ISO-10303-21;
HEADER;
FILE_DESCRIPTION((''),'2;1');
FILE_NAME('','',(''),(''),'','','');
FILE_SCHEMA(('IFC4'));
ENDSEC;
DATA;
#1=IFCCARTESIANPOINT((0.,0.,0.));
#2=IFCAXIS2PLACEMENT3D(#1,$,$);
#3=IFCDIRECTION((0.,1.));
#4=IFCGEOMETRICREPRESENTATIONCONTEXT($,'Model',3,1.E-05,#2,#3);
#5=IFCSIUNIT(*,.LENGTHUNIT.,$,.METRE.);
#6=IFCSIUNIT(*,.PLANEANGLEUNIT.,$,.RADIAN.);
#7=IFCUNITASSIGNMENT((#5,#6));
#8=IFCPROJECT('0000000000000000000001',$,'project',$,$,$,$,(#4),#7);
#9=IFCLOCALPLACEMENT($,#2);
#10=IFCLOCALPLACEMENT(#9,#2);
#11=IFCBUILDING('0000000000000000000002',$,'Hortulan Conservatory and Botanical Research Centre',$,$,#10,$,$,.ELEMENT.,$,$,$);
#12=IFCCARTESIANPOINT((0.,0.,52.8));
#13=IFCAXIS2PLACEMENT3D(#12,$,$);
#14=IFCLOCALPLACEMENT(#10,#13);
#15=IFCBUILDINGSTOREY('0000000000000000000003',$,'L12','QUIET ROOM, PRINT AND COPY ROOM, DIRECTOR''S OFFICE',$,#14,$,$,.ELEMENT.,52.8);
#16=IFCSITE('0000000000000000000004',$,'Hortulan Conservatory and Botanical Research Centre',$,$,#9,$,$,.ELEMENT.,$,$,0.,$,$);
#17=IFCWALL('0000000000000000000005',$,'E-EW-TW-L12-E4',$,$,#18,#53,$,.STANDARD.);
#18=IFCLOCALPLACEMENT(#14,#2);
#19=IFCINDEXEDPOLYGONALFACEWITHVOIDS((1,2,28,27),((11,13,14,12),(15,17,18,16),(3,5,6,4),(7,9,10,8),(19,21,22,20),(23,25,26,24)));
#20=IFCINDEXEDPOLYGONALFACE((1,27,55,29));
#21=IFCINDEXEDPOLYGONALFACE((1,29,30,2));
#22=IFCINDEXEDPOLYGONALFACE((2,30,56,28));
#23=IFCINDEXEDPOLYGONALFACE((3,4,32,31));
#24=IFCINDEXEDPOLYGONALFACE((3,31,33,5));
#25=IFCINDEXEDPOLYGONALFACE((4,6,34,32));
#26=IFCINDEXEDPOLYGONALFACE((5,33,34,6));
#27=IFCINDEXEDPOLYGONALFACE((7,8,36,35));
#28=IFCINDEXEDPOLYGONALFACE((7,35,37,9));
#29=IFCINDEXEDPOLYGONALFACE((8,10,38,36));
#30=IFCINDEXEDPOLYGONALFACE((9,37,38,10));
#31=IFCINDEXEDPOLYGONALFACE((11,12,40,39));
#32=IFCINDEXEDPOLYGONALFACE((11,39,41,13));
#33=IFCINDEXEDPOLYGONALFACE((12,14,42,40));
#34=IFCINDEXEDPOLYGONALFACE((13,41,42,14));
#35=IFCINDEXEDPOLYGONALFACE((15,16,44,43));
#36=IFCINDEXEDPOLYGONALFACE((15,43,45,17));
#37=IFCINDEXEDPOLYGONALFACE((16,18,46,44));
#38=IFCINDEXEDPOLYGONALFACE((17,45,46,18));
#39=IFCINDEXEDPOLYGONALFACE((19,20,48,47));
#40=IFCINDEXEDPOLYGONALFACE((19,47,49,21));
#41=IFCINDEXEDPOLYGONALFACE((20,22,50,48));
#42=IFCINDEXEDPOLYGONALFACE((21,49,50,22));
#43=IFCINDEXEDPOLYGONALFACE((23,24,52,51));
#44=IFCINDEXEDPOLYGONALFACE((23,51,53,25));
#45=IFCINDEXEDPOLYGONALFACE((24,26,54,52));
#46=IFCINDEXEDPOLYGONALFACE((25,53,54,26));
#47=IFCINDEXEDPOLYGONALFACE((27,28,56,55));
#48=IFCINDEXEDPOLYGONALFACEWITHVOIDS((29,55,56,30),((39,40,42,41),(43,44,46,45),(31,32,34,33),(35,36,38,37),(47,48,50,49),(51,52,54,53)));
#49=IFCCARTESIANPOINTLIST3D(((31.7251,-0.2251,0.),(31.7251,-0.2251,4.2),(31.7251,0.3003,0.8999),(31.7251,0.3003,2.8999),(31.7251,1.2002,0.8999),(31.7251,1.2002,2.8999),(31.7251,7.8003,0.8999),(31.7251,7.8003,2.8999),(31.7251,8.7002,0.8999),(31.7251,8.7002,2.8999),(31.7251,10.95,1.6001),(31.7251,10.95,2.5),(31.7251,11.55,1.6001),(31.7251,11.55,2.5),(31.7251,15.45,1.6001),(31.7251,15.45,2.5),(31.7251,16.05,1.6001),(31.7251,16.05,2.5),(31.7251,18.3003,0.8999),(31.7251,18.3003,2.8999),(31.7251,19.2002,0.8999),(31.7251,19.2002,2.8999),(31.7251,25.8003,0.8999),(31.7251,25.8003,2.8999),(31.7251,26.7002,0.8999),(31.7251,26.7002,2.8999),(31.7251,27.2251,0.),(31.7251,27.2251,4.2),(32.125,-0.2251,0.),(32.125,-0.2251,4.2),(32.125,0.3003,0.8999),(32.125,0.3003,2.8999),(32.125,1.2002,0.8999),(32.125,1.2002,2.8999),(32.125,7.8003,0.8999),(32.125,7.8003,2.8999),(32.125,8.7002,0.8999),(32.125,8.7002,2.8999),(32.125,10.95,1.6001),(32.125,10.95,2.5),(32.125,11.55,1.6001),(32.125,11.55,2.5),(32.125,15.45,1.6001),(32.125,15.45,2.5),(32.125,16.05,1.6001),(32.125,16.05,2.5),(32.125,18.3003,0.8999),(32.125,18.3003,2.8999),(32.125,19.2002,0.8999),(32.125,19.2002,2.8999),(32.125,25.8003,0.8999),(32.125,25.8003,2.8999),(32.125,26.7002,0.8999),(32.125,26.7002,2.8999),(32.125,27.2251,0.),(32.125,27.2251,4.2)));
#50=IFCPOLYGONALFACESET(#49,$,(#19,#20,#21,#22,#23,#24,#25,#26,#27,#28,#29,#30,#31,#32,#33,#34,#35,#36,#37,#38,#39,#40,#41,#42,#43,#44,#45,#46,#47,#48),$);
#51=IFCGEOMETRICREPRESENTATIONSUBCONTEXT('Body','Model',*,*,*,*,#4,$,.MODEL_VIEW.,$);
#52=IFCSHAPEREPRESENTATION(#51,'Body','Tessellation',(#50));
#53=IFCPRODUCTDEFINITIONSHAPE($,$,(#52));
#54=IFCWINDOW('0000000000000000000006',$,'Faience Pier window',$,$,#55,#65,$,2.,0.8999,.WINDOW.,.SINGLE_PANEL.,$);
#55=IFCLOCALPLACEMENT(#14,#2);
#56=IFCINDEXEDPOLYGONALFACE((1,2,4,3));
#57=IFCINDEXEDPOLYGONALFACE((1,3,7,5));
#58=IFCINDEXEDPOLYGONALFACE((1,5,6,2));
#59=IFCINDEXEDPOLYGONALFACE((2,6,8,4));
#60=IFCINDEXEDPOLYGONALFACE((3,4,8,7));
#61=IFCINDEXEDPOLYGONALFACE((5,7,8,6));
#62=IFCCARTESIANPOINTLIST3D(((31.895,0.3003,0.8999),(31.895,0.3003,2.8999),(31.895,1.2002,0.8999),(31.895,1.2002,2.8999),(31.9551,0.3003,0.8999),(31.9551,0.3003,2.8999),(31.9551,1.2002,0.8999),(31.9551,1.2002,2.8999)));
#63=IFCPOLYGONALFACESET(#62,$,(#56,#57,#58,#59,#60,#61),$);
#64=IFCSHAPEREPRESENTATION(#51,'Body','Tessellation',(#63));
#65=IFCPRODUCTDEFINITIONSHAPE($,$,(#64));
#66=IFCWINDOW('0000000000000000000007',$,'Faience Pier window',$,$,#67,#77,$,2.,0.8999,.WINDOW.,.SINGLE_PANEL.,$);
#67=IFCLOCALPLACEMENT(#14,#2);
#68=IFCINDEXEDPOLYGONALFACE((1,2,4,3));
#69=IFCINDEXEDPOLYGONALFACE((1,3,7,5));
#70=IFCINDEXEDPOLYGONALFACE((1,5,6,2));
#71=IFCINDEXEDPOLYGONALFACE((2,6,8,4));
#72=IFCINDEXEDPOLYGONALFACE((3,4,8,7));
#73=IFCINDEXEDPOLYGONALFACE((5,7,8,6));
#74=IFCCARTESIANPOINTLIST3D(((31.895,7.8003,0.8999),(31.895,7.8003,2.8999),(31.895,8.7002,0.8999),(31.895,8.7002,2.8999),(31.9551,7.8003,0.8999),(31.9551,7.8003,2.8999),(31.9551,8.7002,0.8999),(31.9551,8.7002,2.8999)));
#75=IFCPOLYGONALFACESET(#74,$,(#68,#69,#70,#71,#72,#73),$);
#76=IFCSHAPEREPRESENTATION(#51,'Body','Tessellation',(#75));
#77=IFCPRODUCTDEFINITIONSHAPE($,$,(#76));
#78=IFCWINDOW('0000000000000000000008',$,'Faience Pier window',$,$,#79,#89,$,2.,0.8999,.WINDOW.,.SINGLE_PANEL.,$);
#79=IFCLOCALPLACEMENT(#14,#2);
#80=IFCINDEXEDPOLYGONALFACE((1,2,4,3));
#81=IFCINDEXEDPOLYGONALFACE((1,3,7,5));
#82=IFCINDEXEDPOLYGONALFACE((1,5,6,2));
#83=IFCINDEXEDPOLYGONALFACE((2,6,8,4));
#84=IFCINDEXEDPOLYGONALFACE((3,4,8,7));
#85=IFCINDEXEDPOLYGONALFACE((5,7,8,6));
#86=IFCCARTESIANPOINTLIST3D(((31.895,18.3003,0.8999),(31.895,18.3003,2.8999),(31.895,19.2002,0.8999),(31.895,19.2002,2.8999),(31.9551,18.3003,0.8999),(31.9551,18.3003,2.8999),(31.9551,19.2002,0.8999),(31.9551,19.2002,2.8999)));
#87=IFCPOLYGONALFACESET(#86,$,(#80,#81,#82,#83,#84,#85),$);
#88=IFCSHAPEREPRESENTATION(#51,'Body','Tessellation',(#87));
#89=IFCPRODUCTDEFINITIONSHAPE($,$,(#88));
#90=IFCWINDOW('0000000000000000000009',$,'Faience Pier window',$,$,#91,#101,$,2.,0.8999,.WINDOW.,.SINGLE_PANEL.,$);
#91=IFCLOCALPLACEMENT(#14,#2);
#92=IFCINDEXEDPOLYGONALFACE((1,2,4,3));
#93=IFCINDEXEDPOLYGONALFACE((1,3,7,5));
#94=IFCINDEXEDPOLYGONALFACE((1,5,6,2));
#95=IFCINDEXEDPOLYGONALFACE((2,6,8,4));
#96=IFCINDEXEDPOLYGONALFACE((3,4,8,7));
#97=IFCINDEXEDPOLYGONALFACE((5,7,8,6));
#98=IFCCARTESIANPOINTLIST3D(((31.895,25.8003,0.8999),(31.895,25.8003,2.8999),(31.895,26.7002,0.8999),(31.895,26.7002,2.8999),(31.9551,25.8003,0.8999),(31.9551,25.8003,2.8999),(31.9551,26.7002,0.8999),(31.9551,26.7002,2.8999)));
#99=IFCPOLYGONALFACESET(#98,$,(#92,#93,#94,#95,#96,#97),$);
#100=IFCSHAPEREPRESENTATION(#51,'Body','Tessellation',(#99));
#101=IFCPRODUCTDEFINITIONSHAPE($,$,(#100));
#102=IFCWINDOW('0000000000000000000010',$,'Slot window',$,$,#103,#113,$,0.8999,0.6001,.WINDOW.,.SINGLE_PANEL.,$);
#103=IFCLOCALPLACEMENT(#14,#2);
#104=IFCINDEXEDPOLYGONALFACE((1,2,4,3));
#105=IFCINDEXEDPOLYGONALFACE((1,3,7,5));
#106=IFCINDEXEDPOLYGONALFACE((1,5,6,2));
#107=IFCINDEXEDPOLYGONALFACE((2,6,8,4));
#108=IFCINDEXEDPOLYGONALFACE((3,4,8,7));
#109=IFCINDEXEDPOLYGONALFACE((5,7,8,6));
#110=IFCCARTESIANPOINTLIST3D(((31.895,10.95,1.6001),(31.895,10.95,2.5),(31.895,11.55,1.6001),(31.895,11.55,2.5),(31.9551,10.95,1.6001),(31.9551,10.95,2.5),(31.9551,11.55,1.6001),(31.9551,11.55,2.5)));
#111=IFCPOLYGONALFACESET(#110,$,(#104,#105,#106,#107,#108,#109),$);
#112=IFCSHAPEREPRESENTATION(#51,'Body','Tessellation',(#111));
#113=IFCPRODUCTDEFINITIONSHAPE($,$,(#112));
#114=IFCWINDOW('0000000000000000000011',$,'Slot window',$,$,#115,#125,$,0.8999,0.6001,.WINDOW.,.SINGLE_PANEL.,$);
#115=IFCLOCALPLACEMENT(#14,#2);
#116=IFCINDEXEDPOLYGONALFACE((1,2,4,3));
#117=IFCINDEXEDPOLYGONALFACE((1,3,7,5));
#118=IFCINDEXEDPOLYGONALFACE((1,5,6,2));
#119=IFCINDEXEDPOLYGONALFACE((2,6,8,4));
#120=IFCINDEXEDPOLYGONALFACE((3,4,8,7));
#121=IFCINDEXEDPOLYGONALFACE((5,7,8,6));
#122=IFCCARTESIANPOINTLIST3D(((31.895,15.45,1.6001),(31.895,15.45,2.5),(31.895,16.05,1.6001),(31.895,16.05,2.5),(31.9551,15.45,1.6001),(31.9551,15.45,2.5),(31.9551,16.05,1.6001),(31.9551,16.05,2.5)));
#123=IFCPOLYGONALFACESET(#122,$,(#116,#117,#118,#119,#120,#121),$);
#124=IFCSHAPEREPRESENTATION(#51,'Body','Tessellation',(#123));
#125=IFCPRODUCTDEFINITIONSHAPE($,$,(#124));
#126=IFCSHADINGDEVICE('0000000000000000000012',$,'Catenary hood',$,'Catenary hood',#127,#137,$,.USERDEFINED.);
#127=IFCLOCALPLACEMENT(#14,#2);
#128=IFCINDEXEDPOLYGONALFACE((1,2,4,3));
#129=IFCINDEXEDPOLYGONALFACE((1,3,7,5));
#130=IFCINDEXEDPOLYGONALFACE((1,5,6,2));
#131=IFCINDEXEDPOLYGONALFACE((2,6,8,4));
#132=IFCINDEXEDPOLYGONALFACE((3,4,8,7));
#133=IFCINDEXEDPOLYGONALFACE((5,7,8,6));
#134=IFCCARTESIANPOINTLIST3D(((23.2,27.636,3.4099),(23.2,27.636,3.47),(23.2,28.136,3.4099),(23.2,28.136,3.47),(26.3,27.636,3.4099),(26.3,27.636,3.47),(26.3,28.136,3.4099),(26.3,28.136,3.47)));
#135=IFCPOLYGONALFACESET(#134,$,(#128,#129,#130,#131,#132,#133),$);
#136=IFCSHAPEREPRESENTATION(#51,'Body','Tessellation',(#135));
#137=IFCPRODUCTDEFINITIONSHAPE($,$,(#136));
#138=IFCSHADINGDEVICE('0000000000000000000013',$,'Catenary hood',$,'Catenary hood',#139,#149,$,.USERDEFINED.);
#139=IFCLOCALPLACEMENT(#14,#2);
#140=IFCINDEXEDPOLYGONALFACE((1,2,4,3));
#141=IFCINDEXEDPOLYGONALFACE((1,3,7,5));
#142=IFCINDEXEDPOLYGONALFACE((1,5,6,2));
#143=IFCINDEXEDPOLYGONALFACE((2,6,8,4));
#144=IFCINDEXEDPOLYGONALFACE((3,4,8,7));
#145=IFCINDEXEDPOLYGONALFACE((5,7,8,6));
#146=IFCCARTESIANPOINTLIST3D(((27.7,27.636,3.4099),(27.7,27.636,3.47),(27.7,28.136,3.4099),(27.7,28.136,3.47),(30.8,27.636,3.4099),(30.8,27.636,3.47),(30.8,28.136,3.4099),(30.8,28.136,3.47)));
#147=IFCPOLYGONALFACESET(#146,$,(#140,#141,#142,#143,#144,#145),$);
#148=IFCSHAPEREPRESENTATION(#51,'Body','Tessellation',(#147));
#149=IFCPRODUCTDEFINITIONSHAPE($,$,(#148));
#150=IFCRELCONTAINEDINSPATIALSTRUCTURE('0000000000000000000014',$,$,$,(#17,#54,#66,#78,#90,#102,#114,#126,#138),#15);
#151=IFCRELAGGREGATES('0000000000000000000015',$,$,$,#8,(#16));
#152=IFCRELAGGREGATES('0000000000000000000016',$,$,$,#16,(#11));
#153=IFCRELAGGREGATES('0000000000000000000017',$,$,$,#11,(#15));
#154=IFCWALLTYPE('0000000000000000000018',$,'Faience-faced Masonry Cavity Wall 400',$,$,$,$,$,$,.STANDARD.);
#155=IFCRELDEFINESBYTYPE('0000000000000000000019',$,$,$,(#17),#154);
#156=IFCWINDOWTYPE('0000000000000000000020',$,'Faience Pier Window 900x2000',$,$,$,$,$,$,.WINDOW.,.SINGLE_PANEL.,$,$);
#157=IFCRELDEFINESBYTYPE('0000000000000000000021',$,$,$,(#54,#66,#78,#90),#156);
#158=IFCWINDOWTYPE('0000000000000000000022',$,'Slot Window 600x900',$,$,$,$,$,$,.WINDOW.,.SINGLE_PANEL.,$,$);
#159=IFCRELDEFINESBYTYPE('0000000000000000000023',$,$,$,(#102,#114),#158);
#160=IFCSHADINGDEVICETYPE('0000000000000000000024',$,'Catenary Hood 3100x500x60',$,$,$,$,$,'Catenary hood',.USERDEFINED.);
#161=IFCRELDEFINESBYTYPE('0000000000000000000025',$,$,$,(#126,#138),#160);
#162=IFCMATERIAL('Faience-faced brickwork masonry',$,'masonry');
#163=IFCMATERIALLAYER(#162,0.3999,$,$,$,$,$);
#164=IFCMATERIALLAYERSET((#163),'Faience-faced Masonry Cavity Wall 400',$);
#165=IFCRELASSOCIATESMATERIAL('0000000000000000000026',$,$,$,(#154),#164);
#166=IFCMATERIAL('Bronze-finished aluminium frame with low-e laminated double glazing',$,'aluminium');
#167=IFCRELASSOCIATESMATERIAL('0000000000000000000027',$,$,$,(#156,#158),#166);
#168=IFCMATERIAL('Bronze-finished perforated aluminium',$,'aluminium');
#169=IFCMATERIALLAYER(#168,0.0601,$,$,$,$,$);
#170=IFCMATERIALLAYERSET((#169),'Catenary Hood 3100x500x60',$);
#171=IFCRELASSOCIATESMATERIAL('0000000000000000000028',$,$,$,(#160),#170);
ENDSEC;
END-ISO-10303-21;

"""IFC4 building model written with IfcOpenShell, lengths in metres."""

from ifc_helpers import new_model, si_unit, direction, frame, frame_2d, origin, origin_2d, place, context, subcontext, project, spatial, rectangle, extrude, material, layer, layer_set, type_object, element, fill, save


model = new_model("IFC4")

# Units and contexts
model_context = context("Model", 3, precision=1e-05, world=origin(), true_north=direction((0.0, 1.0)))
body_context = subcontext(model_context, "Body", "Model", "MODEL_VIEW")
ifc_project = project(units=[si_unit("LENGTHUNIT", "METRE"), si_unit("PLANEANGLEUNIT", "RADIAN")], contexts=[model_context])

# Site, building, storey
site_placement = place(None, origin())
site = spatial("IfcSite", under=ifc_project, at=site_placement, Name="Hortulan Conservatory and Botanical Research Centre", CompositionType="ELEMENT", RefElevation=0.0)
building_placement = place(site_placement, origin())
building = spatial("IfcBuilding", under=site, at=building_placement, Name="Hortulan Conservatory and Botanical Research Centre", CompositionType="ELEMENT")
storey_placement = place(building_placement, frame((0.0, 0.0, 52.8)))
storey = spatial("IfcBuildingStorey", under=building, at=storey_placement, Name="L12", Description="QUIET ROOM, PRINT AND COPY ROOM, DIRECTOR'S OFFICE", CompositionType="ELEMENT", Elevation=52.8)

# Wall, openings, windows
ifc_material_1 = material(Name="Faience-faced brickwork masonry", Category="masonry")
ifc_layer_1 = layer(ifc_material_1, 0.3999)
ifc_layer_set_1 = layer_set([ifc_layer_1], Name="Faience-faced Masonry Cavity Wall 400")
wall_type = type_object("IfcWallType", Name="Faience-faced Masonry Cavity Wall 400", PredefinedType="STANDARD", material=ifc_layer_set_1)
wall_placement = place(storey_placement, frame((31.925, 27.2251, 0.0), z_axis=(0.0, 0.0, 1.0), x_axis=(0.0, -1.0, 0.0)))
wall = element("IfcWall", 1, at=wall_placement, inside=storey, type_object=wall_type, Name="E-EW-TW-L12-E4", PredefinedType="STANDARD", context=body_context, shape_type="SweptSolid", body=[
    extrude(rectangle(XDim=27.4502, YDim=0.3999, at=frame_2d((13.7251, 0.0))), origin(), (0.0, 0.0, 1.0), 4.2),
])
opening_1_placement = place(wall_placement, frame((26.0249, 0.0, 0.8999)))
opening_1 = element("IfcOpeningElement", 2, at=opening_1_placement, cuts=wall, PredefinedType="OPENING", context=body_context, shape_type="SweptSolid", body=[
    extrude(rectangle(XDim=0.8999, YDim=2.0, at=frame_2d((0.45, 1.0))), frame((0.0, 0.21, 0.0), z_axis=(0.0, -1.0, 0.0), x_axis=(1.0, 0.0, 0.0)), (0.0, 0.0, 1.0), 0.4199),
])
opening_2_placement = place(wall_placement, frame((18.5249, 0.0, 0.8999)))
opening_2 = element("IfcOpeningElement", 3, at=opening_2_placement, cuts=wall, PredefinedType="OPENING", context=body_context, shape_type="SweptSolid", body=[
    extrude(rectangle(XDim=0.8999, YDim=2.0, at=frame_2d((0.45, 1.0))), frame((0.0, 0.21, 0.0), z_axis=(0.0, -1.0, 0.0), x_axis=(1.0, 0.0, 0.0)), (0.0, 0.0, 1.0), 0.4199),
])
opening_3_placement = place(wall_placement, frame((15.675, 0.0, 1.6001)))
opening_3 = element("IfcOpeningElement", 4, at=opening_3_placement, cuts=wall, PredefinedType="OPENING", context=body_context, shape_type="SweptSolid", body=[
    extrude(rectangle(XDim=0.6001, YDim=0.8999, at=frame_2d((0.3, 0.45))), frame((0.0, 0.21, 0.0), z_axis=(0.0, -1.0, 0.0), x_axis=(1.0, 0.0, 0.0)), (0.0, 0.0, 1.0), 0.4199),
])
opening_4_placement = place(wall_placement, frame((11.175, 0.0, 1.6001)))
opening_4 = element("IfcOpeningElement", 5, at=opening_4_placement, cuts=wall, PredefinedType="OPENING", context=body_context, shape_type="SweptSolid", body=[
    extrude(rectangle(XDim=0.6001, YDim=0.8999, at=frame_2d((0.3, 0.45))), frame((0.0, 0.21, 0.0), z_axis=(0.0, -1.0, 0.0), x_axis=(1.0, 0.0, 0.0)), (0.0, 0.0, 1.0), 0.4199),
])
opening_5_placement = place(wall_placement, frame((8.0249, 0.0, 0.8999)))
opening_5 = element("IfcOpeningElement", 6, at=opening_5_placement, cuts=wall, PredefinedType="OPENING", context=body_context, shape_type="SweptSolid", body=[
    extrude(rectangle(XDim=0.8999, YDim=2.0, at=frame_2d((0.45, 1.0))), frame((0.0, 0.21, 0.0), z_axis=(0.0, -1.0, 0.0), x_axis=(1.0, 0.0, 0.0)), (0.0, 0.0, 1.0), 0.4199),
])
opening_6_placement = place(wall_placement, frame((0.5249, 0.0, 0.8999)))
opening_6 = element("IfcOpeningElement", 7, at=opening_6_placement, cuts=wall, PredefinedType="OPENING", context=body_context, shape_type="SweptSolid", body=[
    extrude(rectangle(XDim=0.8999, YDim=2.0, at=frame_2d((0.45, 1.0))), frame((0.0, 0.21, 0.0), z_axis=(0.0, -1.0, 0.0), x_axis=(1.0, 0.0, 0.0)), (0.0, 0.0, 1.0), 0.4199),
])
ifc_material_2 = material(Name="Bronze-finished aluminium frame with low-e laminated double glazing", Category="aluminium")
window_type_1 = type_object("IfcWindowType", Name="Faience Pier Window 900x2000", PartitioningType="SINGLE_PANEL", PredefinedType="WINDOW", material=ifc_material_2)
window_1_placement = place(opening_1_placement, origin())
window_1 = element("IfcWindow", 8, at=window_1_placement, inside=storey, type_object=window_type_1, Name="Faience Pier window", OverallHeight=2.0, OverallWidth=0.8999, PartitioningType="SINGLE_PANEL", PredefinedType="WINDOW", context=body_context, shape_type="SweptSolid", body=[
    extrude(rectangle(XDim=0.8999, YDim=2.0, at=frame_2d((0.45, 1.0))), frame((0.0, 0.03, 0.0), z_axis=(0.0, -1.0, 0.0), x_axis=(1.0, 0.0, 0.0)), (0.0, 0.0, 1.0), 0.0601),
])
fill(opening_1, window_1)
window_2_placement = place(opening_2_placement, origin())
window_2 = element("IfcWindow", 9, at=window_2_placement, inside=storey, type_object=window_type_1, Name="Faience Pier window", OverallHeight=2.0, OverallWidth=0.8999, PartitioningType="SINGLE_PANEL", PredefinedType="WINDOW", context=body_context, shape_type="SweptSolid", body=[
    extrude(rectangle(XDim=0.8999, YDim=2.0, at=frame_2d((0.45, 1.0))), frame((0.0, 0.03, 0.0), z_axis=(0.0, -1.0, 0.0), x_axis=(1.0, 0.0, 0.0)), (0.0, 0.0, 1.0), 0.0601),
])
fill(opening_2, window_2)
window_3_placement = place(opening_5_placement, origin())
window_3 = element("IfcWindow", 10, at=window_3_placement, inside=storey, type_object=window_type_1, Name="Faience Pier window", OverallHeight=2.0, OverallWidth=0.8999, PartitioningType="SINGLE_PANEL", PredefinedType="WINDOW", context=body_context, shape_type="SweptSolid", body=[
    extrude(rectangle(XDim=0.8999, YDim=2.0, at=frame_2d((0.45, 1.0))), frame((0.0, 0.03, 0.0), z_axis=(0.0, -1.0, 0.0), x_axis=(1.0, 0.0, 0.0)), (0.0, 0.0, 1.0), 0.0601),
])
fill(opening_5, window_3)
window_4_placement = place(opening_6_placement, origin())
window_4 = element("IfcWindow", 11, at=window_4_placement, inside=storey, type_object=window_type_1, Name="Faience Pier window", OverallHeight=2.0, OverallWidth=0.8999, PartitioningType="SINGLE_PANEL", PredefinedType="WINDOW", context=body_context, shape_type="SweptSolid", body=[
    extrude(rectangle(XDim=0.8999, YDim=2.0, at=frame_2d((0.45, 1.0))), frame((0.0, 0.03, 0.0), z_axis=(0.0, -1.0, 0.0), x_axis=(1.0, 0.0, 0.0)), (0.0, 0.0, 1.0), 0.0601),
])
fill(opening_6, window_4)
window_type_2 = type_object("IfcWindowType", Name="Slot Window 600x900", PartitioningType="SINGLE_PANEL", PredefinedType="WINDOW", material=ifc_material_2)
window_5_placement = place(opening_3_placement, origin())
window_5 = element("IfcWindow", 12, at=window_5_placement, inside=storey, type_object=window_type_2, Name="Slot window", OverallHeight=0.8999, OverallWidth=0.6001, PartitioningType="SINGLE_PANEL", PredefinedType="WINDOW", context=body_context, shape_type="SweptSolid", body=[
    extrude(rectangle(XDim=0.6001, YDim=0.8999, at=frame_2d((0.3, 0.45))), frame((0.0, 0.03, 0.0), z_axis=(0.0, -1.0, 0.0), x_axis=(1.0, 0.0, 0.0)), (0.0, 0.0, 1.0), 0.0601),
])
fill(opening_3, window_5)
window_6_placement = place(opening_4_placement, origin())
window_6 = element("IfcWindow", 13, at=window_6_placement, inside=storey, type_object=window_type_2, Name="Slot window", OverallHeight=0.8999, OverallWidth=0.6001, PartitioningType="SINGLE_PANEL", PredefinedType="WINDOW", context=body_context, shape_type="SweptSolid", body=[
    extrude(rectangle(XDim=0.6001, YDim=0.8999, at=frame_2d((0.3, 0.45))), frame((0.0, 0.03, 0.0), z_axis=(0.0, -1.0, 0.0), x_axis=(1.0, 0.0, 0.0)), (0.0, 0.0, 1.0), 0.0601),
])
fill(opening_4, window_6)

# Shading devices
ifc_material_3 = material(Name="Bronze-finished perforated aluminium", Category="aluminium")
ifc_layer_2 = layer(ifc_material_3, 0.0601)
ifc_layer_set_2 = layer_set([ifc_layer_2], Name="Catenary Hood 3100x500x60")
shading_device_type = type_object("IfcShadingDeviceType", Name="Catenary Hood 3100x500x60", ElementType="Catenary hood", PredefinedType="USERDEFINED", material=ifc_layer_set_2)
for number, where, z_axis, x_axis, name in (
    (14, (24.75, 27.886, 3.4099), (0.0, 0.0, 1.0), (1.0, 0.0, 0.0), "Catenary hood"),
    (15, (29.25, 27.886, 3.4099), (0.0, 0.0, 1.0), (1.0, 0.0, 0.0), "Catenary hood"),
):
    element("IfcShadingDevice", number, at=place(storey_placement, frame(where, z_axis=z_axis, x_axis=x_axis)), inside=storey, type_object=shading_device_type, Name=name, ObjectType="Catenary hood", PredefinedType="USERDEFINED", context=body_context, shape_type="SweptSolid", body=[
        extrude(rectangle(XDim=3.1001, YDim=0.5, at=origin_2d()), origin(), (0.0, 0.0, 1.0), 0.0601),
    ])

save(model, "model.ifc")
